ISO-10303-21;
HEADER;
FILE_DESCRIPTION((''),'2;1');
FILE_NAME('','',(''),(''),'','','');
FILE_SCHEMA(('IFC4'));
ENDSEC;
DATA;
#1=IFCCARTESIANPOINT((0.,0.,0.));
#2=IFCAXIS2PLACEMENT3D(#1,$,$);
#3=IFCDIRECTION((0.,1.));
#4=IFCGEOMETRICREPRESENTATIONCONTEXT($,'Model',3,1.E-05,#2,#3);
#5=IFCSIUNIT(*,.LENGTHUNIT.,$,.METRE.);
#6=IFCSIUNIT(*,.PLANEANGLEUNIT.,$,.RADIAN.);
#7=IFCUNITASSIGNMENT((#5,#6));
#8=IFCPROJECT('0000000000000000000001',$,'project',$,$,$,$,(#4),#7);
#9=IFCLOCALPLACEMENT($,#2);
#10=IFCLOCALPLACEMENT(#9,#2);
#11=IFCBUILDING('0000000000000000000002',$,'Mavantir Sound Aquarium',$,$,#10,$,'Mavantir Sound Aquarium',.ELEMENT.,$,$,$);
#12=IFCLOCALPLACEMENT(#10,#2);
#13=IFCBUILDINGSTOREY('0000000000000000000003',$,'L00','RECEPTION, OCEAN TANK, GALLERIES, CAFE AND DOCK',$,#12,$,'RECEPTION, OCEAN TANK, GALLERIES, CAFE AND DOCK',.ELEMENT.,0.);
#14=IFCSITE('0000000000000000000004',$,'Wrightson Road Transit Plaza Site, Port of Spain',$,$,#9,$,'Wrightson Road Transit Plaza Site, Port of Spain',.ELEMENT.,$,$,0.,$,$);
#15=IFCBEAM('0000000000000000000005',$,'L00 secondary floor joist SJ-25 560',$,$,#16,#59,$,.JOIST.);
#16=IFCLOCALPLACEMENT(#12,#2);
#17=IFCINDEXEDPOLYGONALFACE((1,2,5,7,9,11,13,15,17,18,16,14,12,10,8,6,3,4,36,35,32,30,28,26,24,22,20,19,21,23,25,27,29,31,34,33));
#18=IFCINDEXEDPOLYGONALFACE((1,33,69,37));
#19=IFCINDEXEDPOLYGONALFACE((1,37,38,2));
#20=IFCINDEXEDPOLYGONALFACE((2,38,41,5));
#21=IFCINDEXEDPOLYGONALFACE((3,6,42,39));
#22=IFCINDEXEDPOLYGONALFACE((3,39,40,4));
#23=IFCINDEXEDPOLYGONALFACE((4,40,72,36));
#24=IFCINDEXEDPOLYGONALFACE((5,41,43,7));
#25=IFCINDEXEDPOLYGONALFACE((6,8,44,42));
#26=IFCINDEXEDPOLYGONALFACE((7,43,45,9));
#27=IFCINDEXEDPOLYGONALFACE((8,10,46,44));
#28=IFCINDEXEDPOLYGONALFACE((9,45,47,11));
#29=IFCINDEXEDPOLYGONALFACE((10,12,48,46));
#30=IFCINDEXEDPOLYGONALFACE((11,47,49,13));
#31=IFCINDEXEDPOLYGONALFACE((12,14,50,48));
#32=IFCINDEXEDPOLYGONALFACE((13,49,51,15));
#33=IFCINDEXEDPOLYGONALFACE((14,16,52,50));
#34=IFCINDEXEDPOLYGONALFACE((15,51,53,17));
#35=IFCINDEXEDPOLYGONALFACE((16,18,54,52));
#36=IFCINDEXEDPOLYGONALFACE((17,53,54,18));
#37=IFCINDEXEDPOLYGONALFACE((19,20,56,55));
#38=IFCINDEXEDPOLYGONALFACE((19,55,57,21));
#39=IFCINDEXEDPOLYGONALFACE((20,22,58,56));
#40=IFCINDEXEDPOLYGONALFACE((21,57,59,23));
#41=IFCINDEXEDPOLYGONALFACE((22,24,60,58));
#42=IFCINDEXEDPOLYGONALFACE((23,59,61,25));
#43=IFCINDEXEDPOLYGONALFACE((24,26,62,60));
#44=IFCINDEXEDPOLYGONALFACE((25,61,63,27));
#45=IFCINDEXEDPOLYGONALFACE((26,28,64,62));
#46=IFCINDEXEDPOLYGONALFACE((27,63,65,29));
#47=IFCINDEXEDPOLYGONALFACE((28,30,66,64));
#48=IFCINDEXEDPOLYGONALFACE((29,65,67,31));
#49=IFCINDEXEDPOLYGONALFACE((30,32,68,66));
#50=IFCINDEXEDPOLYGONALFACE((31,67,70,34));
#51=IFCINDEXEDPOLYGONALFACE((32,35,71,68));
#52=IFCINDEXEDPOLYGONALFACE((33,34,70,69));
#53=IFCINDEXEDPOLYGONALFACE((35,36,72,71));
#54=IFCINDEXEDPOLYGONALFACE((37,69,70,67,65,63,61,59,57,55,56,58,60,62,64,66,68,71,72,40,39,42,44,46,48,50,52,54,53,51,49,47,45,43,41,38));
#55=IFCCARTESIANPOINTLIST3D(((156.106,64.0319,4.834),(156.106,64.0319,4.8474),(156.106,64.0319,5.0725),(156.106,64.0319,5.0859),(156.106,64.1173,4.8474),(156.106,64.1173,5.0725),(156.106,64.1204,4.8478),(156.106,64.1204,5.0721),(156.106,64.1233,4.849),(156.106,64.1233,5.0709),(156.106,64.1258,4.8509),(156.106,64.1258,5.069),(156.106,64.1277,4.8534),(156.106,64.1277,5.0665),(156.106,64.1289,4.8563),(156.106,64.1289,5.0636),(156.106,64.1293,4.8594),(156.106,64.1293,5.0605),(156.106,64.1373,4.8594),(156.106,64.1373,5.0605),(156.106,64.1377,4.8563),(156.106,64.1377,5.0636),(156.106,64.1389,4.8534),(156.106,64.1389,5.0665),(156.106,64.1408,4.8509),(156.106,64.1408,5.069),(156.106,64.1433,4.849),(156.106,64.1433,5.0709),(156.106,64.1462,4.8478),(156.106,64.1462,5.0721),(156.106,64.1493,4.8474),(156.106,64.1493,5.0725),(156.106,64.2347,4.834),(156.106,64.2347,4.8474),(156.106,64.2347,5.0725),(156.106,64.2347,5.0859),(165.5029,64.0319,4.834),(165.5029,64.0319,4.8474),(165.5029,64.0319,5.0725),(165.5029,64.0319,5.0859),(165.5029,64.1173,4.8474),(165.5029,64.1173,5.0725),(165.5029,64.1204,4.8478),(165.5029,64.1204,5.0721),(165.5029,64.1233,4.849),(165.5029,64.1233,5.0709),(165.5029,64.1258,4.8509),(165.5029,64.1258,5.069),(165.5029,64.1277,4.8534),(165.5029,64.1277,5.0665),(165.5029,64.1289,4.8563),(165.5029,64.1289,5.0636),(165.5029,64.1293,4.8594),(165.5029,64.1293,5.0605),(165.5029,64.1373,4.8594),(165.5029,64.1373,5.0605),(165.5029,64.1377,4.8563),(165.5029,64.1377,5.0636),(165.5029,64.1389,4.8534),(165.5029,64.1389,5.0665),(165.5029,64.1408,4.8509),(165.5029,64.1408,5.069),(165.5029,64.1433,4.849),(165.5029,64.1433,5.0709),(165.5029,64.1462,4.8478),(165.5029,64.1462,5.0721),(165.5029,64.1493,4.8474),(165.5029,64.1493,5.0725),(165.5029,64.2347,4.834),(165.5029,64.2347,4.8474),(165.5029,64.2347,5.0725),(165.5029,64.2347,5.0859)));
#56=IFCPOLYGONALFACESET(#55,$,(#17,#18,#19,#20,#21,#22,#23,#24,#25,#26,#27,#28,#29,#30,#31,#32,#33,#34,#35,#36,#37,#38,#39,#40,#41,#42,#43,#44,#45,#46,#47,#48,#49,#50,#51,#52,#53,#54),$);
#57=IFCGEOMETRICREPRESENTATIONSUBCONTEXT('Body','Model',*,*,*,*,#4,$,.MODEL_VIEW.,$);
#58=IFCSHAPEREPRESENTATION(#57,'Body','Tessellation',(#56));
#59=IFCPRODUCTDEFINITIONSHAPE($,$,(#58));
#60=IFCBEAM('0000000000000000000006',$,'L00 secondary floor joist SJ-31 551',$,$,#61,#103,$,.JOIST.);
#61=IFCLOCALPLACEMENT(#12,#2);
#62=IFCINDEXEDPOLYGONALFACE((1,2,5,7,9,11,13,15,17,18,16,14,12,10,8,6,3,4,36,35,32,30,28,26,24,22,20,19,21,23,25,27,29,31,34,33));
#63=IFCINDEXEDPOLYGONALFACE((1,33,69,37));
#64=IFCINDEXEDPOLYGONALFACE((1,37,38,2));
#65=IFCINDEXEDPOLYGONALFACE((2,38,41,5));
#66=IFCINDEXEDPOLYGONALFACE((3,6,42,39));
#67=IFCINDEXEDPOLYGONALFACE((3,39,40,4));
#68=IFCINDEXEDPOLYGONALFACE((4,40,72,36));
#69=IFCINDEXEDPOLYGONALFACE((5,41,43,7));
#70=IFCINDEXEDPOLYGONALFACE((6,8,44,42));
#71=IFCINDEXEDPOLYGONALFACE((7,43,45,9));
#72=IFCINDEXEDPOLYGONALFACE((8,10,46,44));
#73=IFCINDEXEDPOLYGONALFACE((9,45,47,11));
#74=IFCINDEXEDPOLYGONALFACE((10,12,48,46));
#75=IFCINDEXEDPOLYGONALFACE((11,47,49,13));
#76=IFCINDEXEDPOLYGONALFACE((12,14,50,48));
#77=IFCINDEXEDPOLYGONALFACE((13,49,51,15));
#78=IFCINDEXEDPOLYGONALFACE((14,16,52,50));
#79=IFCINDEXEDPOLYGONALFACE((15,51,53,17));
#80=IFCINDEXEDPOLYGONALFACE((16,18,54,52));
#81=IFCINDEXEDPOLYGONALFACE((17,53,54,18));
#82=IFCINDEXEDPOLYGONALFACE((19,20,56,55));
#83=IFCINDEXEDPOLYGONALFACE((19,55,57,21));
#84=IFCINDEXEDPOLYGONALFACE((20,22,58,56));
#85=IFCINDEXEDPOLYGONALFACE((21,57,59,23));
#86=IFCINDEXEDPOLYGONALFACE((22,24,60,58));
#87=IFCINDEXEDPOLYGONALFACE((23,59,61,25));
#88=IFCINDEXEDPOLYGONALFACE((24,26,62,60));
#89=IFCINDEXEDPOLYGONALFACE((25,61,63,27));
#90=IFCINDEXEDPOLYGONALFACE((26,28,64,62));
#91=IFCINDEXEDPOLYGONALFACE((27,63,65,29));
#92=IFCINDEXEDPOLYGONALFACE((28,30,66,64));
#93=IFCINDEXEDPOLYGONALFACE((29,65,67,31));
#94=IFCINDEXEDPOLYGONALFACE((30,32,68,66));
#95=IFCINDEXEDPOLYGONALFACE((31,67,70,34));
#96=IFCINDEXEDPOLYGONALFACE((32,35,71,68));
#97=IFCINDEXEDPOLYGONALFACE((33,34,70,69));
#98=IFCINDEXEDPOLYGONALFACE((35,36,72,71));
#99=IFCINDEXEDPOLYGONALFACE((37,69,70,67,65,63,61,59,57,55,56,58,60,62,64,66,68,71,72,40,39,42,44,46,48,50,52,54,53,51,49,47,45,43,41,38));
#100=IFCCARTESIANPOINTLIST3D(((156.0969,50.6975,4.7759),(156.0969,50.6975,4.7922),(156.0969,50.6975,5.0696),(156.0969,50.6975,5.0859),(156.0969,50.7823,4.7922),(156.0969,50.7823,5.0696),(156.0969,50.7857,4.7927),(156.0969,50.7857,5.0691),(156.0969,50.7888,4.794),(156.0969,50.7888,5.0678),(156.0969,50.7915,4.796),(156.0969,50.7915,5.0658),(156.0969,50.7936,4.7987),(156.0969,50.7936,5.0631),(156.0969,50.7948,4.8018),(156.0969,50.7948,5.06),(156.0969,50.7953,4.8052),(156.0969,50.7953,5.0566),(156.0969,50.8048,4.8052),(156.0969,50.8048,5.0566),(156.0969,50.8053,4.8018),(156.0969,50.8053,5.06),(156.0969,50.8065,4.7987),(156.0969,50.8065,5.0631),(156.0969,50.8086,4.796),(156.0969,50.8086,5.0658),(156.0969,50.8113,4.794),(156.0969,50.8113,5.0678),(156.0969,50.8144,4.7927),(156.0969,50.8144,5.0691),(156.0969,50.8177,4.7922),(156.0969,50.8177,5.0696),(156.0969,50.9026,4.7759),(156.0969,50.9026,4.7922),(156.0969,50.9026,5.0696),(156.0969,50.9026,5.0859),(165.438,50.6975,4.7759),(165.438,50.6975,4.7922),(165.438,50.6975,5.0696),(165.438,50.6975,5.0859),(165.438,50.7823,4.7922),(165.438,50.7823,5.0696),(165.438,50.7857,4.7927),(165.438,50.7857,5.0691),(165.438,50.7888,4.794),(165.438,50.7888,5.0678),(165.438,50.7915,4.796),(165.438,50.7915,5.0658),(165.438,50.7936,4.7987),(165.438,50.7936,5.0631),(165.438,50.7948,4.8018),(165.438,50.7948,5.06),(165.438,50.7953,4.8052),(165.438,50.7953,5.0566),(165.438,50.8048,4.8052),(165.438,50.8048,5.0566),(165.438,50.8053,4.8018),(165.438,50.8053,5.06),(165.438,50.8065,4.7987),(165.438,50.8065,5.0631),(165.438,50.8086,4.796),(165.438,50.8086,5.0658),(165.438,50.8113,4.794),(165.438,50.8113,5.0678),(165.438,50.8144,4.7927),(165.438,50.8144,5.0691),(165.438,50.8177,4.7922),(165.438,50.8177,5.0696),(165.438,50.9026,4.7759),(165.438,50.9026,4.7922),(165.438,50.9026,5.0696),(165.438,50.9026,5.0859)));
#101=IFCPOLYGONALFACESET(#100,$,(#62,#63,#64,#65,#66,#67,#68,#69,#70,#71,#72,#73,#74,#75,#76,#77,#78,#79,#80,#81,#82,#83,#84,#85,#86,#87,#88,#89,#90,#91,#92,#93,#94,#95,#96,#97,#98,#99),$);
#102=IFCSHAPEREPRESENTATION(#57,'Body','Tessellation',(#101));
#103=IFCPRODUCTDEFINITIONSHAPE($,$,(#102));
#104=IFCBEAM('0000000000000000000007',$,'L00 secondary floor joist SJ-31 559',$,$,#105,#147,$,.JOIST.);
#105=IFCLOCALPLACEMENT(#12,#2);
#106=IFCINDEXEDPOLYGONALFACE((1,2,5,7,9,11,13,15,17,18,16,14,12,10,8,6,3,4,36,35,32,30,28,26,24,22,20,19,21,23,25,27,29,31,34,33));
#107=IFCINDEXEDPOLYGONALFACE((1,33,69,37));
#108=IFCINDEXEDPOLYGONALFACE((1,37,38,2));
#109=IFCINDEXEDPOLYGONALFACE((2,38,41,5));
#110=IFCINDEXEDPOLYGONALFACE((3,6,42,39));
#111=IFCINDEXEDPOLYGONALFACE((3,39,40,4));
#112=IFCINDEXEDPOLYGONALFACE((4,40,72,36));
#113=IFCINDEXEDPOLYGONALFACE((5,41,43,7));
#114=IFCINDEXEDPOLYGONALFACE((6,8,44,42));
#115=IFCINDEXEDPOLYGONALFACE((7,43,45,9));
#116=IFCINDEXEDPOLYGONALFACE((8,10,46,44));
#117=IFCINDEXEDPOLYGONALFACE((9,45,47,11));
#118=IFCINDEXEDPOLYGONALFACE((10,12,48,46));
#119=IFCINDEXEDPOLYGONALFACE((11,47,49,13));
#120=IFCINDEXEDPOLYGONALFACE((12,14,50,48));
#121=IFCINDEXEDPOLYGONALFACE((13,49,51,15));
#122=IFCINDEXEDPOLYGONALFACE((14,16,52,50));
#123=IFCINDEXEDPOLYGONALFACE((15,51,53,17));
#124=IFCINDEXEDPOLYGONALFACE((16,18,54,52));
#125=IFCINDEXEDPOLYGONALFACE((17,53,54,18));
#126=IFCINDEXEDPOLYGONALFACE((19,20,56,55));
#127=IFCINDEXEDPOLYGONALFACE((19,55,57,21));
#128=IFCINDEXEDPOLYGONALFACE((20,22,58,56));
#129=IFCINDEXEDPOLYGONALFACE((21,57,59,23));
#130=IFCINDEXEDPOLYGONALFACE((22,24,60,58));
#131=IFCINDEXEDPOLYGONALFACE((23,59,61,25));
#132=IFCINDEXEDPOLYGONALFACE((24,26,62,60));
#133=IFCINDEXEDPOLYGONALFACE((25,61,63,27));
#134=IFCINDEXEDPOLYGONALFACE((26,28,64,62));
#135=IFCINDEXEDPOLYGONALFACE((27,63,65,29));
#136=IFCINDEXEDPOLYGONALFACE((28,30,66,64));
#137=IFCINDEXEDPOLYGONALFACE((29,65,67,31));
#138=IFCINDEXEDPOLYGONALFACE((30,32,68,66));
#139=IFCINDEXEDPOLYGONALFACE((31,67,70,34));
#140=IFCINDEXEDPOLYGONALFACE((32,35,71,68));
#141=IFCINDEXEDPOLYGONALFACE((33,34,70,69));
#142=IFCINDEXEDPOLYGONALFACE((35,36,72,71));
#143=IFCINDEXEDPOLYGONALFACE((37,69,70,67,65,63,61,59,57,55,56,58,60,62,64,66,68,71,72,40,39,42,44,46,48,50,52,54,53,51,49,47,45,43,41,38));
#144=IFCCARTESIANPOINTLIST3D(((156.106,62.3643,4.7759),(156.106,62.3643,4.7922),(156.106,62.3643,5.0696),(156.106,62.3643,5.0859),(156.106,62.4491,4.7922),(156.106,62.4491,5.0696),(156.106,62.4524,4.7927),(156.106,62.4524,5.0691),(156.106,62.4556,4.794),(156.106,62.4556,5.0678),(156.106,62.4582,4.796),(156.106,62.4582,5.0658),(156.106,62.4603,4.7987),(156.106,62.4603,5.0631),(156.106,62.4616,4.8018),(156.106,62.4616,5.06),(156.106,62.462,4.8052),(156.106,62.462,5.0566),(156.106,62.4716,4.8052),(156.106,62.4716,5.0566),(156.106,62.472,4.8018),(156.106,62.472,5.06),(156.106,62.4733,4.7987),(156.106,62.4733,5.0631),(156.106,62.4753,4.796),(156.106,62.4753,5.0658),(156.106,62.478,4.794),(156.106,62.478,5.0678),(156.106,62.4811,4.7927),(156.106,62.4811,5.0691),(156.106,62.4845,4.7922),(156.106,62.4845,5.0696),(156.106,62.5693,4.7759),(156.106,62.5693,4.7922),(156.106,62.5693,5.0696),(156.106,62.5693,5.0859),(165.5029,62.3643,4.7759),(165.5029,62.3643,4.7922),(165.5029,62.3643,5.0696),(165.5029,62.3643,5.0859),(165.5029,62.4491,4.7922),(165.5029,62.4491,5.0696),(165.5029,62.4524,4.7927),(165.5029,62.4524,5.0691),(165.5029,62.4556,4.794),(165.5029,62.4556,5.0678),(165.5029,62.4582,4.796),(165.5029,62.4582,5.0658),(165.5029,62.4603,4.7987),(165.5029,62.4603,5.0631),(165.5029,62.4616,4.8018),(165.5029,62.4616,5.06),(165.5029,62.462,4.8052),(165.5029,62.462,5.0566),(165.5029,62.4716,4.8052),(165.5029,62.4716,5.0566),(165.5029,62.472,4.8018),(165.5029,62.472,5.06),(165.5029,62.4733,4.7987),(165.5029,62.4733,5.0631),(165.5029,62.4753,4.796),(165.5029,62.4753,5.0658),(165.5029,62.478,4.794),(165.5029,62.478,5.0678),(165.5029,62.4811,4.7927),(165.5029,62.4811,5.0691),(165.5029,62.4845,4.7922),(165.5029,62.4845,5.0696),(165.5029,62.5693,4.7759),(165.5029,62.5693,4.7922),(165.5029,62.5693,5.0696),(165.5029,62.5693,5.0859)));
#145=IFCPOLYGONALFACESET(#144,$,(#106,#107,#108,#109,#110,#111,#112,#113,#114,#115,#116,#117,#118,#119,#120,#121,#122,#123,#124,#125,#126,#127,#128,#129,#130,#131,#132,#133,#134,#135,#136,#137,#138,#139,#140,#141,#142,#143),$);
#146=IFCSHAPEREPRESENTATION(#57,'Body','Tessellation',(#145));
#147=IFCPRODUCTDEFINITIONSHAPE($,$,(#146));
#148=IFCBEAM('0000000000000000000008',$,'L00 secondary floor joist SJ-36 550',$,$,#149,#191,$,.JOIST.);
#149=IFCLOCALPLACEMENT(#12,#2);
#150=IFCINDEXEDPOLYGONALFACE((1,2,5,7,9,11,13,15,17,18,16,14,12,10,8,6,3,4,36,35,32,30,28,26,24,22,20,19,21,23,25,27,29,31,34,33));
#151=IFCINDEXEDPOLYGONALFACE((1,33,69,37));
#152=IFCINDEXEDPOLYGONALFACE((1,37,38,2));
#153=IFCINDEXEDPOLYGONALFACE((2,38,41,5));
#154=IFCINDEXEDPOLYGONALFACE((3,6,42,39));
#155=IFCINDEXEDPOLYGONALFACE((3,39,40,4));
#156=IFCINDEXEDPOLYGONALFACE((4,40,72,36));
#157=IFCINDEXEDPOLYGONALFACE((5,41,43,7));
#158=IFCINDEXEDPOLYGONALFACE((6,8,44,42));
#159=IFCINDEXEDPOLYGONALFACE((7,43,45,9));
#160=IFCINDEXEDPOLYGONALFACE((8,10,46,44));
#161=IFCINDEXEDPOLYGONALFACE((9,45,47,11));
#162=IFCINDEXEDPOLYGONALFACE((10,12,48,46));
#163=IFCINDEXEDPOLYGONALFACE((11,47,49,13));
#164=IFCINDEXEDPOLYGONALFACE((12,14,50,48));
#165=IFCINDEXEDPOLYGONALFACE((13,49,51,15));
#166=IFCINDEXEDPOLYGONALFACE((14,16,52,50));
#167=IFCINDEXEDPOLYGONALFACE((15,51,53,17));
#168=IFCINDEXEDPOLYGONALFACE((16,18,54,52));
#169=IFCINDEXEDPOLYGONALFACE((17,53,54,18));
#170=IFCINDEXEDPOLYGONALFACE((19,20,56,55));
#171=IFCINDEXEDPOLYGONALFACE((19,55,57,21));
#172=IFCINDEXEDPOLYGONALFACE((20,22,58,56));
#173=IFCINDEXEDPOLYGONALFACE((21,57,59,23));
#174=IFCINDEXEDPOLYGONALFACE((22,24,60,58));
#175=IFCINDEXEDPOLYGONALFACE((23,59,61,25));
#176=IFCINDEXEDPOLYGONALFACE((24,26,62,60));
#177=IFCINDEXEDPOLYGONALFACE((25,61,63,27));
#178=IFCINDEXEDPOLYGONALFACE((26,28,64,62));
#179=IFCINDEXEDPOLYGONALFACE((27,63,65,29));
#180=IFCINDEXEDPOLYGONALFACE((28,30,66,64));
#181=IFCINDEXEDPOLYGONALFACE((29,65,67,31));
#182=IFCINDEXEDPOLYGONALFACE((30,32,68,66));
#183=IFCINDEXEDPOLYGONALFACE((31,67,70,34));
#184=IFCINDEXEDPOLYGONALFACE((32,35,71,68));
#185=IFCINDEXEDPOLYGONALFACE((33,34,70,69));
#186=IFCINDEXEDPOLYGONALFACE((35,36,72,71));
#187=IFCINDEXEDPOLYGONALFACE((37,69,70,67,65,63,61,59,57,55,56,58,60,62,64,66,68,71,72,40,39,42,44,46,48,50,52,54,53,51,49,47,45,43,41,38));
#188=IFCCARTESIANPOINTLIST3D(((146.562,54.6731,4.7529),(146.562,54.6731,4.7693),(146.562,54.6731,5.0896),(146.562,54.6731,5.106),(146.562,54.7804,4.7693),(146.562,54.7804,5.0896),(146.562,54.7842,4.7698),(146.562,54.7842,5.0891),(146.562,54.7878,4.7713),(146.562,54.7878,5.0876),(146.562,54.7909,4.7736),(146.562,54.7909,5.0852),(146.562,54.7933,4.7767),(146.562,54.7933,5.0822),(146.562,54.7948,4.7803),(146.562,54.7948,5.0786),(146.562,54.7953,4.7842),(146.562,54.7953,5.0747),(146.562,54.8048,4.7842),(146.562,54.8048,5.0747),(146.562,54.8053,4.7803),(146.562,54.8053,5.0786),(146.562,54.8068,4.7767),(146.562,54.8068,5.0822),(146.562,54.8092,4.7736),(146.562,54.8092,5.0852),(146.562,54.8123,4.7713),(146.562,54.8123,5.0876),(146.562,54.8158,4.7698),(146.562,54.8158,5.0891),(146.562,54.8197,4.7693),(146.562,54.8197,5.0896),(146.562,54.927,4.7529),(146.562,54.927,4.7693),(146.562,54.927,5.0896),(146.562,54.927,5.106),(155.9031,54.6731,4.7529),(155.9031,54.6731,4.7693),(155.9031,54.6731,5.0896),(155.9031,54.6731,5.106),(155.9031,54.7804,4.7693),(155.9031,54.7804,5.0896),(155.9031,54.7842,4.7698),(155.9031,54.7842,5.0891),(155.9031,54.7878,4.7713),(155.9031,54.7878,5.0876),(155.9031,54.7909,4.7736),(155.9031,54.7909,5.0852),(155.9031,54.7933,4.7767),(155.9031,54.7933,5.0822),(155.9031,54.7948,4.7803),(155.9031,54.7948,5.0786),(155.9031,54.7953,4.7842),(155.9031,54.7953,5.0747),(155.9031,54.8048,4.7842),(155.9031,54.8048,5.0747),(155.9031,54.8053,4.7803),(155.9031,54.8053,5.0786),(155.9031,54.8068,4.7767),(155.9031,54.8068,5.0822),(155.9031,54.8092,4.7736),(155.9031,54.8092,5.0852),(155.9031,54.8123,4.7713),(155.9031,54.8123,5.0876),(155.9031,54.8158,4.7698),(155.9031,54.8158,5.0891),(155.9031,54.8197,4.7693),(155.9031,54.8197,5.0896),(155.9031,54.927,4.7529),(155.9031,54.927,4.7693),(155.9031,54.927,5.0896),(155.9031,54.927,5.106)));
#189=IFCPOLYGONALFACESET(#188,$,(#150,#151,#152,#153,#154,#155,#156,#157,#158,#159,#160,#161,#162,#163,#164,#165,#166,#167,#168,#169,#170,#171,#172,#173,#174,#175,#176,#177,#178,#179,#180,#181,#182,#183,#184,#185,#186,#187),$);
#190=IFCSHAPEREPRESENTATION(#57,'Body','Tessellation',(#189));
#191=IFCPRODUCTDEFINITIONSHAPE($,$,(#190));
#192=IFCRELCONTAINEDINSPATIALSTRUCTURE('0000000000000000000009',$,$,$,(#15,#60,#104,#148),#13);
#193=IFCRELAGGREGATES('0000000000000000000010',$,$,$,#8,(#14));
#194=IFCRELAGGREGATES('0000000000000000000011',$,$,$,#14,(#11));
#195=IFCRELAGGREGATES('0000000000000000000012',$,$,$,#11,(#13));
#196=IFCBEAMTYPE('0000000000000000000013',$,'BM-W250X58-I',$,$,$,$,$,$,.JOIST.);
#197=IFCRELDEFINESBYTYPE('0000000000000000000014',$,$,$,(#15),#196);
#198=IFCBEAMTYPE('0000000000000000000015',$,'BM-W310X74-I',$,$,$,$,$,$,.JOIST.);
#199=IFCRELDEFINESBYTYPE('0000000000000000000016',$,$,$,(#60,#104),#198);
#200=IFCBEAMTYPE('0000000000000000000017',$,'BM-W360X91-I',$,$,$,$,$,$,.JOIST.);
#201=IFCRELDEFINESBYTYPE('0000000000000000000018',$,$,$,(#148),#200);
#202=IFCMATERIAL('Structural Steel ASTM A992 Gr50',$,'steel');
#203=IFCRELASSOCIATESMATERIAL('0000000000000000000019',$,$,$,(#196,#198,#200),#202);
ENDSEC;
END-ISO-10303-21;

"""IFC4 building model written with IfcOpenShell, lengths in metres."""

from ifc_helpers import new_model, si_unit, direction, frame, origin, origin_2d, place, context, subcontext, project, spatial, i_section, extrude, material, material_profile, profile_set, type_object, element, save


model = new_model("IFC4")

# Units and contexts
model_context = context("Model", 3, precision=1e-05, world=origin(), true_north=direction((0.0, 1.0)))
body_context = subcontext(model_context, "Body", "Model", "MODEL_VIEW")
ifc_project = project(units=[si_unit("LENGTHUNIT", "METRE"), si_unit("PLANEANGLEUNIT", "RADIAN")], contexts=[model_context])

# Site, building, storey
site_placement = place(None, origin())
site = spatial("IfcSite", under=ifc_project, at=site_placement, Name="Wrightson Road Transit Plaza Site, Port of Spain", LongName="Wrightson Road Transit Plaza Site, Port of Spain", CompositionType="ELEMENT", RefElevation=0.0)
building_placement = place(site_placement, origin())
building = spatial("IfcBuilding", under=site, at=building_placement, Name="Mavantir Sound Aquarium", LongName="Mavantir Sound Aquarium", CompositionType="ELEMENT")
storey_placement = place(building_placement, origin())
storey = spatial("IfcBuildingStorey", under=building, at=storey_placement, Name="L00", Description="RECEPTION, OCEAN TANK, GALLERIES, CAFE AND DOCK", LongName="RECEPTION, OCEAN TANK, GALLERIES, CAFE AND DOCK", CompositionType="ELEMENT", Elevation=0.0)

# Beams
ifc_material_1 = material(Name="Structural Steel ASTM A992 Gr50", Category="steel")
ifc_material_profile_1 = material_profile(ifc_material_1, i_section(OverallWidth=0.2029, OverallDepth=0.252, WebThickness=0.0081, FlangeThickness=0.0134, FilletRadius=0.012, at=origin_2d()), Name="W250X58")
ifc_profile_set_1 = profile_set([ifc_material_profile_1], Name="Structural Steel ASTM A992 Gr50")
beam_type_1 = type_object("IfcBeamType", Name="BM-W250X58-I", PredefinedType="JOIST", material=ifc_profile_set_1)
beam_1_placement = place(storey_placement, frame((156.106, 64.1333, 4.96), z_axis=(1.0, 0.0, 0.0), x_axis=(0.0, 1.0, 0.0)))
element("IfcBeam", 1, at=beam_1_placement, inside=storey, type_object=beam_type_1, Name="L00 secondary floor joist SJ-25 560", PredefinedType="JOIST", context=body_context, shape_type="SweptSolid", body=[
    extrude(i_section(OverallWidth=0.2029, OverallDepth=0.252, WebThickness=0.0081, FlangeThickness=0.0134, FilletRadius=0.012, at=origin_2d()), origin(), (0.0, 0.0, 1.0), 9.397),
])
ifc_material_profile_2 = material_profile(ifc_material_1, i_section(OverallWidth=0.2051, OverallDepth=0.3101, WebThickness=0.0095, FlangeThickness=0.0164, FilletRadius=0.0129, at=origin_2d()), Name="W310X74")
ifc_profile_set_2 = profile_set([ifc_material_profile_2], Name="Structural Steel ASTM A992 Gr50")
beam_type_2 = type_object("IfcBeamType", Name="BM-W310X74-I", PredefinedType="JOIST", material=ifc_profile_set_2)
beam_2_placement = place(storey_placement, frame((156.0969, 50.8, 4.9309), z_axis=(1.0, 0.0, 0.0), x_axis=(0.0, 1.0, 0.0)))
element("IfcBeam", 2, at=beam_2_placement, inside=storey, type_object=beam_type_2, Name="L00 secondary floor joist SJ-31 551", PredefinedType="JOIST", context=body_context, shape_type="SweptSolid", body=[
    extrude(i_section(OverallWidth=0.2051, OverallDepth=0.3101, WebThickness=0.0095, FlangeThickness=0.0164, FilletRadius=0.0129, at=origin_2d()), origin(), (0.0, 0.0, 1.0), 9.3411),
])
beam_3_placement = place(storey_placement, frame((156.106, 62.4668, 4.9309), z_axis=(1.0, 0.0, 0.0), x_axis=(0.0, 1.0, 0.0)))
element("IfcBeam", 3, at=beam_3_placement, inside=storey, type_object=beam_type_2, Name="L00 secondary floor joist SJ-31 559", PredefinedType="JOIST", context=body_context, shape_type="SweptSolid", body=[
    extrude(i_section(OverallWidth=0.2051, OverallDepth=0.3101, WebThickness=0.0095, FlangeThickness=0.0164, FilletRadius=0.0129, at=origin_2d()), origin(), (0.0, 0.0, 1.0), 9.397),
])
ifc_material_profile_3 = material_profile(ifc_material_1, i_section(OverallWidth=0.2539, OverallDepth=0.353, WebThickness=0.0095, FlangeThickness=0.0164, FilletRadius=0.0149, at=origin_2d()), Name="W360X91")
ifc_profile_set_3 = profile_set([ifc_material_profile_3], Name="Structural Steel ASTM A992 Gr50")
beam_type_3 = type_object("IfcBeamType", Name="BM-W360X91-I", PredefinedType="JOIST", material=ifc_profile_set_3)
beam_4_placement = place(storey_placement, frame((146.562, 54.8, 4.9294), z_axis=(1.0, 0.0, 0.0), x_axis=(0.0, 1.0, 0.0)))
element("IfcBeam", 4, at=beam_4_placement, inside=storey, type_object=beam_type_3, Name="L00 secondary floor joist SJ-36 550", PredefinedType="JOIST", context=body_context, shape_type="SweptSolid", body=[
    extrude(i_section(OverallWidth=0.2539, OverallDepth=0.353, WebThickness=0.0095, FlangeThickness=0.0164, FilletRadius=0.0149, at=origin_2d()), origin(), (0.0, 0.0, 1.0), 9.3411),
])

save(model, "model.ifc")
